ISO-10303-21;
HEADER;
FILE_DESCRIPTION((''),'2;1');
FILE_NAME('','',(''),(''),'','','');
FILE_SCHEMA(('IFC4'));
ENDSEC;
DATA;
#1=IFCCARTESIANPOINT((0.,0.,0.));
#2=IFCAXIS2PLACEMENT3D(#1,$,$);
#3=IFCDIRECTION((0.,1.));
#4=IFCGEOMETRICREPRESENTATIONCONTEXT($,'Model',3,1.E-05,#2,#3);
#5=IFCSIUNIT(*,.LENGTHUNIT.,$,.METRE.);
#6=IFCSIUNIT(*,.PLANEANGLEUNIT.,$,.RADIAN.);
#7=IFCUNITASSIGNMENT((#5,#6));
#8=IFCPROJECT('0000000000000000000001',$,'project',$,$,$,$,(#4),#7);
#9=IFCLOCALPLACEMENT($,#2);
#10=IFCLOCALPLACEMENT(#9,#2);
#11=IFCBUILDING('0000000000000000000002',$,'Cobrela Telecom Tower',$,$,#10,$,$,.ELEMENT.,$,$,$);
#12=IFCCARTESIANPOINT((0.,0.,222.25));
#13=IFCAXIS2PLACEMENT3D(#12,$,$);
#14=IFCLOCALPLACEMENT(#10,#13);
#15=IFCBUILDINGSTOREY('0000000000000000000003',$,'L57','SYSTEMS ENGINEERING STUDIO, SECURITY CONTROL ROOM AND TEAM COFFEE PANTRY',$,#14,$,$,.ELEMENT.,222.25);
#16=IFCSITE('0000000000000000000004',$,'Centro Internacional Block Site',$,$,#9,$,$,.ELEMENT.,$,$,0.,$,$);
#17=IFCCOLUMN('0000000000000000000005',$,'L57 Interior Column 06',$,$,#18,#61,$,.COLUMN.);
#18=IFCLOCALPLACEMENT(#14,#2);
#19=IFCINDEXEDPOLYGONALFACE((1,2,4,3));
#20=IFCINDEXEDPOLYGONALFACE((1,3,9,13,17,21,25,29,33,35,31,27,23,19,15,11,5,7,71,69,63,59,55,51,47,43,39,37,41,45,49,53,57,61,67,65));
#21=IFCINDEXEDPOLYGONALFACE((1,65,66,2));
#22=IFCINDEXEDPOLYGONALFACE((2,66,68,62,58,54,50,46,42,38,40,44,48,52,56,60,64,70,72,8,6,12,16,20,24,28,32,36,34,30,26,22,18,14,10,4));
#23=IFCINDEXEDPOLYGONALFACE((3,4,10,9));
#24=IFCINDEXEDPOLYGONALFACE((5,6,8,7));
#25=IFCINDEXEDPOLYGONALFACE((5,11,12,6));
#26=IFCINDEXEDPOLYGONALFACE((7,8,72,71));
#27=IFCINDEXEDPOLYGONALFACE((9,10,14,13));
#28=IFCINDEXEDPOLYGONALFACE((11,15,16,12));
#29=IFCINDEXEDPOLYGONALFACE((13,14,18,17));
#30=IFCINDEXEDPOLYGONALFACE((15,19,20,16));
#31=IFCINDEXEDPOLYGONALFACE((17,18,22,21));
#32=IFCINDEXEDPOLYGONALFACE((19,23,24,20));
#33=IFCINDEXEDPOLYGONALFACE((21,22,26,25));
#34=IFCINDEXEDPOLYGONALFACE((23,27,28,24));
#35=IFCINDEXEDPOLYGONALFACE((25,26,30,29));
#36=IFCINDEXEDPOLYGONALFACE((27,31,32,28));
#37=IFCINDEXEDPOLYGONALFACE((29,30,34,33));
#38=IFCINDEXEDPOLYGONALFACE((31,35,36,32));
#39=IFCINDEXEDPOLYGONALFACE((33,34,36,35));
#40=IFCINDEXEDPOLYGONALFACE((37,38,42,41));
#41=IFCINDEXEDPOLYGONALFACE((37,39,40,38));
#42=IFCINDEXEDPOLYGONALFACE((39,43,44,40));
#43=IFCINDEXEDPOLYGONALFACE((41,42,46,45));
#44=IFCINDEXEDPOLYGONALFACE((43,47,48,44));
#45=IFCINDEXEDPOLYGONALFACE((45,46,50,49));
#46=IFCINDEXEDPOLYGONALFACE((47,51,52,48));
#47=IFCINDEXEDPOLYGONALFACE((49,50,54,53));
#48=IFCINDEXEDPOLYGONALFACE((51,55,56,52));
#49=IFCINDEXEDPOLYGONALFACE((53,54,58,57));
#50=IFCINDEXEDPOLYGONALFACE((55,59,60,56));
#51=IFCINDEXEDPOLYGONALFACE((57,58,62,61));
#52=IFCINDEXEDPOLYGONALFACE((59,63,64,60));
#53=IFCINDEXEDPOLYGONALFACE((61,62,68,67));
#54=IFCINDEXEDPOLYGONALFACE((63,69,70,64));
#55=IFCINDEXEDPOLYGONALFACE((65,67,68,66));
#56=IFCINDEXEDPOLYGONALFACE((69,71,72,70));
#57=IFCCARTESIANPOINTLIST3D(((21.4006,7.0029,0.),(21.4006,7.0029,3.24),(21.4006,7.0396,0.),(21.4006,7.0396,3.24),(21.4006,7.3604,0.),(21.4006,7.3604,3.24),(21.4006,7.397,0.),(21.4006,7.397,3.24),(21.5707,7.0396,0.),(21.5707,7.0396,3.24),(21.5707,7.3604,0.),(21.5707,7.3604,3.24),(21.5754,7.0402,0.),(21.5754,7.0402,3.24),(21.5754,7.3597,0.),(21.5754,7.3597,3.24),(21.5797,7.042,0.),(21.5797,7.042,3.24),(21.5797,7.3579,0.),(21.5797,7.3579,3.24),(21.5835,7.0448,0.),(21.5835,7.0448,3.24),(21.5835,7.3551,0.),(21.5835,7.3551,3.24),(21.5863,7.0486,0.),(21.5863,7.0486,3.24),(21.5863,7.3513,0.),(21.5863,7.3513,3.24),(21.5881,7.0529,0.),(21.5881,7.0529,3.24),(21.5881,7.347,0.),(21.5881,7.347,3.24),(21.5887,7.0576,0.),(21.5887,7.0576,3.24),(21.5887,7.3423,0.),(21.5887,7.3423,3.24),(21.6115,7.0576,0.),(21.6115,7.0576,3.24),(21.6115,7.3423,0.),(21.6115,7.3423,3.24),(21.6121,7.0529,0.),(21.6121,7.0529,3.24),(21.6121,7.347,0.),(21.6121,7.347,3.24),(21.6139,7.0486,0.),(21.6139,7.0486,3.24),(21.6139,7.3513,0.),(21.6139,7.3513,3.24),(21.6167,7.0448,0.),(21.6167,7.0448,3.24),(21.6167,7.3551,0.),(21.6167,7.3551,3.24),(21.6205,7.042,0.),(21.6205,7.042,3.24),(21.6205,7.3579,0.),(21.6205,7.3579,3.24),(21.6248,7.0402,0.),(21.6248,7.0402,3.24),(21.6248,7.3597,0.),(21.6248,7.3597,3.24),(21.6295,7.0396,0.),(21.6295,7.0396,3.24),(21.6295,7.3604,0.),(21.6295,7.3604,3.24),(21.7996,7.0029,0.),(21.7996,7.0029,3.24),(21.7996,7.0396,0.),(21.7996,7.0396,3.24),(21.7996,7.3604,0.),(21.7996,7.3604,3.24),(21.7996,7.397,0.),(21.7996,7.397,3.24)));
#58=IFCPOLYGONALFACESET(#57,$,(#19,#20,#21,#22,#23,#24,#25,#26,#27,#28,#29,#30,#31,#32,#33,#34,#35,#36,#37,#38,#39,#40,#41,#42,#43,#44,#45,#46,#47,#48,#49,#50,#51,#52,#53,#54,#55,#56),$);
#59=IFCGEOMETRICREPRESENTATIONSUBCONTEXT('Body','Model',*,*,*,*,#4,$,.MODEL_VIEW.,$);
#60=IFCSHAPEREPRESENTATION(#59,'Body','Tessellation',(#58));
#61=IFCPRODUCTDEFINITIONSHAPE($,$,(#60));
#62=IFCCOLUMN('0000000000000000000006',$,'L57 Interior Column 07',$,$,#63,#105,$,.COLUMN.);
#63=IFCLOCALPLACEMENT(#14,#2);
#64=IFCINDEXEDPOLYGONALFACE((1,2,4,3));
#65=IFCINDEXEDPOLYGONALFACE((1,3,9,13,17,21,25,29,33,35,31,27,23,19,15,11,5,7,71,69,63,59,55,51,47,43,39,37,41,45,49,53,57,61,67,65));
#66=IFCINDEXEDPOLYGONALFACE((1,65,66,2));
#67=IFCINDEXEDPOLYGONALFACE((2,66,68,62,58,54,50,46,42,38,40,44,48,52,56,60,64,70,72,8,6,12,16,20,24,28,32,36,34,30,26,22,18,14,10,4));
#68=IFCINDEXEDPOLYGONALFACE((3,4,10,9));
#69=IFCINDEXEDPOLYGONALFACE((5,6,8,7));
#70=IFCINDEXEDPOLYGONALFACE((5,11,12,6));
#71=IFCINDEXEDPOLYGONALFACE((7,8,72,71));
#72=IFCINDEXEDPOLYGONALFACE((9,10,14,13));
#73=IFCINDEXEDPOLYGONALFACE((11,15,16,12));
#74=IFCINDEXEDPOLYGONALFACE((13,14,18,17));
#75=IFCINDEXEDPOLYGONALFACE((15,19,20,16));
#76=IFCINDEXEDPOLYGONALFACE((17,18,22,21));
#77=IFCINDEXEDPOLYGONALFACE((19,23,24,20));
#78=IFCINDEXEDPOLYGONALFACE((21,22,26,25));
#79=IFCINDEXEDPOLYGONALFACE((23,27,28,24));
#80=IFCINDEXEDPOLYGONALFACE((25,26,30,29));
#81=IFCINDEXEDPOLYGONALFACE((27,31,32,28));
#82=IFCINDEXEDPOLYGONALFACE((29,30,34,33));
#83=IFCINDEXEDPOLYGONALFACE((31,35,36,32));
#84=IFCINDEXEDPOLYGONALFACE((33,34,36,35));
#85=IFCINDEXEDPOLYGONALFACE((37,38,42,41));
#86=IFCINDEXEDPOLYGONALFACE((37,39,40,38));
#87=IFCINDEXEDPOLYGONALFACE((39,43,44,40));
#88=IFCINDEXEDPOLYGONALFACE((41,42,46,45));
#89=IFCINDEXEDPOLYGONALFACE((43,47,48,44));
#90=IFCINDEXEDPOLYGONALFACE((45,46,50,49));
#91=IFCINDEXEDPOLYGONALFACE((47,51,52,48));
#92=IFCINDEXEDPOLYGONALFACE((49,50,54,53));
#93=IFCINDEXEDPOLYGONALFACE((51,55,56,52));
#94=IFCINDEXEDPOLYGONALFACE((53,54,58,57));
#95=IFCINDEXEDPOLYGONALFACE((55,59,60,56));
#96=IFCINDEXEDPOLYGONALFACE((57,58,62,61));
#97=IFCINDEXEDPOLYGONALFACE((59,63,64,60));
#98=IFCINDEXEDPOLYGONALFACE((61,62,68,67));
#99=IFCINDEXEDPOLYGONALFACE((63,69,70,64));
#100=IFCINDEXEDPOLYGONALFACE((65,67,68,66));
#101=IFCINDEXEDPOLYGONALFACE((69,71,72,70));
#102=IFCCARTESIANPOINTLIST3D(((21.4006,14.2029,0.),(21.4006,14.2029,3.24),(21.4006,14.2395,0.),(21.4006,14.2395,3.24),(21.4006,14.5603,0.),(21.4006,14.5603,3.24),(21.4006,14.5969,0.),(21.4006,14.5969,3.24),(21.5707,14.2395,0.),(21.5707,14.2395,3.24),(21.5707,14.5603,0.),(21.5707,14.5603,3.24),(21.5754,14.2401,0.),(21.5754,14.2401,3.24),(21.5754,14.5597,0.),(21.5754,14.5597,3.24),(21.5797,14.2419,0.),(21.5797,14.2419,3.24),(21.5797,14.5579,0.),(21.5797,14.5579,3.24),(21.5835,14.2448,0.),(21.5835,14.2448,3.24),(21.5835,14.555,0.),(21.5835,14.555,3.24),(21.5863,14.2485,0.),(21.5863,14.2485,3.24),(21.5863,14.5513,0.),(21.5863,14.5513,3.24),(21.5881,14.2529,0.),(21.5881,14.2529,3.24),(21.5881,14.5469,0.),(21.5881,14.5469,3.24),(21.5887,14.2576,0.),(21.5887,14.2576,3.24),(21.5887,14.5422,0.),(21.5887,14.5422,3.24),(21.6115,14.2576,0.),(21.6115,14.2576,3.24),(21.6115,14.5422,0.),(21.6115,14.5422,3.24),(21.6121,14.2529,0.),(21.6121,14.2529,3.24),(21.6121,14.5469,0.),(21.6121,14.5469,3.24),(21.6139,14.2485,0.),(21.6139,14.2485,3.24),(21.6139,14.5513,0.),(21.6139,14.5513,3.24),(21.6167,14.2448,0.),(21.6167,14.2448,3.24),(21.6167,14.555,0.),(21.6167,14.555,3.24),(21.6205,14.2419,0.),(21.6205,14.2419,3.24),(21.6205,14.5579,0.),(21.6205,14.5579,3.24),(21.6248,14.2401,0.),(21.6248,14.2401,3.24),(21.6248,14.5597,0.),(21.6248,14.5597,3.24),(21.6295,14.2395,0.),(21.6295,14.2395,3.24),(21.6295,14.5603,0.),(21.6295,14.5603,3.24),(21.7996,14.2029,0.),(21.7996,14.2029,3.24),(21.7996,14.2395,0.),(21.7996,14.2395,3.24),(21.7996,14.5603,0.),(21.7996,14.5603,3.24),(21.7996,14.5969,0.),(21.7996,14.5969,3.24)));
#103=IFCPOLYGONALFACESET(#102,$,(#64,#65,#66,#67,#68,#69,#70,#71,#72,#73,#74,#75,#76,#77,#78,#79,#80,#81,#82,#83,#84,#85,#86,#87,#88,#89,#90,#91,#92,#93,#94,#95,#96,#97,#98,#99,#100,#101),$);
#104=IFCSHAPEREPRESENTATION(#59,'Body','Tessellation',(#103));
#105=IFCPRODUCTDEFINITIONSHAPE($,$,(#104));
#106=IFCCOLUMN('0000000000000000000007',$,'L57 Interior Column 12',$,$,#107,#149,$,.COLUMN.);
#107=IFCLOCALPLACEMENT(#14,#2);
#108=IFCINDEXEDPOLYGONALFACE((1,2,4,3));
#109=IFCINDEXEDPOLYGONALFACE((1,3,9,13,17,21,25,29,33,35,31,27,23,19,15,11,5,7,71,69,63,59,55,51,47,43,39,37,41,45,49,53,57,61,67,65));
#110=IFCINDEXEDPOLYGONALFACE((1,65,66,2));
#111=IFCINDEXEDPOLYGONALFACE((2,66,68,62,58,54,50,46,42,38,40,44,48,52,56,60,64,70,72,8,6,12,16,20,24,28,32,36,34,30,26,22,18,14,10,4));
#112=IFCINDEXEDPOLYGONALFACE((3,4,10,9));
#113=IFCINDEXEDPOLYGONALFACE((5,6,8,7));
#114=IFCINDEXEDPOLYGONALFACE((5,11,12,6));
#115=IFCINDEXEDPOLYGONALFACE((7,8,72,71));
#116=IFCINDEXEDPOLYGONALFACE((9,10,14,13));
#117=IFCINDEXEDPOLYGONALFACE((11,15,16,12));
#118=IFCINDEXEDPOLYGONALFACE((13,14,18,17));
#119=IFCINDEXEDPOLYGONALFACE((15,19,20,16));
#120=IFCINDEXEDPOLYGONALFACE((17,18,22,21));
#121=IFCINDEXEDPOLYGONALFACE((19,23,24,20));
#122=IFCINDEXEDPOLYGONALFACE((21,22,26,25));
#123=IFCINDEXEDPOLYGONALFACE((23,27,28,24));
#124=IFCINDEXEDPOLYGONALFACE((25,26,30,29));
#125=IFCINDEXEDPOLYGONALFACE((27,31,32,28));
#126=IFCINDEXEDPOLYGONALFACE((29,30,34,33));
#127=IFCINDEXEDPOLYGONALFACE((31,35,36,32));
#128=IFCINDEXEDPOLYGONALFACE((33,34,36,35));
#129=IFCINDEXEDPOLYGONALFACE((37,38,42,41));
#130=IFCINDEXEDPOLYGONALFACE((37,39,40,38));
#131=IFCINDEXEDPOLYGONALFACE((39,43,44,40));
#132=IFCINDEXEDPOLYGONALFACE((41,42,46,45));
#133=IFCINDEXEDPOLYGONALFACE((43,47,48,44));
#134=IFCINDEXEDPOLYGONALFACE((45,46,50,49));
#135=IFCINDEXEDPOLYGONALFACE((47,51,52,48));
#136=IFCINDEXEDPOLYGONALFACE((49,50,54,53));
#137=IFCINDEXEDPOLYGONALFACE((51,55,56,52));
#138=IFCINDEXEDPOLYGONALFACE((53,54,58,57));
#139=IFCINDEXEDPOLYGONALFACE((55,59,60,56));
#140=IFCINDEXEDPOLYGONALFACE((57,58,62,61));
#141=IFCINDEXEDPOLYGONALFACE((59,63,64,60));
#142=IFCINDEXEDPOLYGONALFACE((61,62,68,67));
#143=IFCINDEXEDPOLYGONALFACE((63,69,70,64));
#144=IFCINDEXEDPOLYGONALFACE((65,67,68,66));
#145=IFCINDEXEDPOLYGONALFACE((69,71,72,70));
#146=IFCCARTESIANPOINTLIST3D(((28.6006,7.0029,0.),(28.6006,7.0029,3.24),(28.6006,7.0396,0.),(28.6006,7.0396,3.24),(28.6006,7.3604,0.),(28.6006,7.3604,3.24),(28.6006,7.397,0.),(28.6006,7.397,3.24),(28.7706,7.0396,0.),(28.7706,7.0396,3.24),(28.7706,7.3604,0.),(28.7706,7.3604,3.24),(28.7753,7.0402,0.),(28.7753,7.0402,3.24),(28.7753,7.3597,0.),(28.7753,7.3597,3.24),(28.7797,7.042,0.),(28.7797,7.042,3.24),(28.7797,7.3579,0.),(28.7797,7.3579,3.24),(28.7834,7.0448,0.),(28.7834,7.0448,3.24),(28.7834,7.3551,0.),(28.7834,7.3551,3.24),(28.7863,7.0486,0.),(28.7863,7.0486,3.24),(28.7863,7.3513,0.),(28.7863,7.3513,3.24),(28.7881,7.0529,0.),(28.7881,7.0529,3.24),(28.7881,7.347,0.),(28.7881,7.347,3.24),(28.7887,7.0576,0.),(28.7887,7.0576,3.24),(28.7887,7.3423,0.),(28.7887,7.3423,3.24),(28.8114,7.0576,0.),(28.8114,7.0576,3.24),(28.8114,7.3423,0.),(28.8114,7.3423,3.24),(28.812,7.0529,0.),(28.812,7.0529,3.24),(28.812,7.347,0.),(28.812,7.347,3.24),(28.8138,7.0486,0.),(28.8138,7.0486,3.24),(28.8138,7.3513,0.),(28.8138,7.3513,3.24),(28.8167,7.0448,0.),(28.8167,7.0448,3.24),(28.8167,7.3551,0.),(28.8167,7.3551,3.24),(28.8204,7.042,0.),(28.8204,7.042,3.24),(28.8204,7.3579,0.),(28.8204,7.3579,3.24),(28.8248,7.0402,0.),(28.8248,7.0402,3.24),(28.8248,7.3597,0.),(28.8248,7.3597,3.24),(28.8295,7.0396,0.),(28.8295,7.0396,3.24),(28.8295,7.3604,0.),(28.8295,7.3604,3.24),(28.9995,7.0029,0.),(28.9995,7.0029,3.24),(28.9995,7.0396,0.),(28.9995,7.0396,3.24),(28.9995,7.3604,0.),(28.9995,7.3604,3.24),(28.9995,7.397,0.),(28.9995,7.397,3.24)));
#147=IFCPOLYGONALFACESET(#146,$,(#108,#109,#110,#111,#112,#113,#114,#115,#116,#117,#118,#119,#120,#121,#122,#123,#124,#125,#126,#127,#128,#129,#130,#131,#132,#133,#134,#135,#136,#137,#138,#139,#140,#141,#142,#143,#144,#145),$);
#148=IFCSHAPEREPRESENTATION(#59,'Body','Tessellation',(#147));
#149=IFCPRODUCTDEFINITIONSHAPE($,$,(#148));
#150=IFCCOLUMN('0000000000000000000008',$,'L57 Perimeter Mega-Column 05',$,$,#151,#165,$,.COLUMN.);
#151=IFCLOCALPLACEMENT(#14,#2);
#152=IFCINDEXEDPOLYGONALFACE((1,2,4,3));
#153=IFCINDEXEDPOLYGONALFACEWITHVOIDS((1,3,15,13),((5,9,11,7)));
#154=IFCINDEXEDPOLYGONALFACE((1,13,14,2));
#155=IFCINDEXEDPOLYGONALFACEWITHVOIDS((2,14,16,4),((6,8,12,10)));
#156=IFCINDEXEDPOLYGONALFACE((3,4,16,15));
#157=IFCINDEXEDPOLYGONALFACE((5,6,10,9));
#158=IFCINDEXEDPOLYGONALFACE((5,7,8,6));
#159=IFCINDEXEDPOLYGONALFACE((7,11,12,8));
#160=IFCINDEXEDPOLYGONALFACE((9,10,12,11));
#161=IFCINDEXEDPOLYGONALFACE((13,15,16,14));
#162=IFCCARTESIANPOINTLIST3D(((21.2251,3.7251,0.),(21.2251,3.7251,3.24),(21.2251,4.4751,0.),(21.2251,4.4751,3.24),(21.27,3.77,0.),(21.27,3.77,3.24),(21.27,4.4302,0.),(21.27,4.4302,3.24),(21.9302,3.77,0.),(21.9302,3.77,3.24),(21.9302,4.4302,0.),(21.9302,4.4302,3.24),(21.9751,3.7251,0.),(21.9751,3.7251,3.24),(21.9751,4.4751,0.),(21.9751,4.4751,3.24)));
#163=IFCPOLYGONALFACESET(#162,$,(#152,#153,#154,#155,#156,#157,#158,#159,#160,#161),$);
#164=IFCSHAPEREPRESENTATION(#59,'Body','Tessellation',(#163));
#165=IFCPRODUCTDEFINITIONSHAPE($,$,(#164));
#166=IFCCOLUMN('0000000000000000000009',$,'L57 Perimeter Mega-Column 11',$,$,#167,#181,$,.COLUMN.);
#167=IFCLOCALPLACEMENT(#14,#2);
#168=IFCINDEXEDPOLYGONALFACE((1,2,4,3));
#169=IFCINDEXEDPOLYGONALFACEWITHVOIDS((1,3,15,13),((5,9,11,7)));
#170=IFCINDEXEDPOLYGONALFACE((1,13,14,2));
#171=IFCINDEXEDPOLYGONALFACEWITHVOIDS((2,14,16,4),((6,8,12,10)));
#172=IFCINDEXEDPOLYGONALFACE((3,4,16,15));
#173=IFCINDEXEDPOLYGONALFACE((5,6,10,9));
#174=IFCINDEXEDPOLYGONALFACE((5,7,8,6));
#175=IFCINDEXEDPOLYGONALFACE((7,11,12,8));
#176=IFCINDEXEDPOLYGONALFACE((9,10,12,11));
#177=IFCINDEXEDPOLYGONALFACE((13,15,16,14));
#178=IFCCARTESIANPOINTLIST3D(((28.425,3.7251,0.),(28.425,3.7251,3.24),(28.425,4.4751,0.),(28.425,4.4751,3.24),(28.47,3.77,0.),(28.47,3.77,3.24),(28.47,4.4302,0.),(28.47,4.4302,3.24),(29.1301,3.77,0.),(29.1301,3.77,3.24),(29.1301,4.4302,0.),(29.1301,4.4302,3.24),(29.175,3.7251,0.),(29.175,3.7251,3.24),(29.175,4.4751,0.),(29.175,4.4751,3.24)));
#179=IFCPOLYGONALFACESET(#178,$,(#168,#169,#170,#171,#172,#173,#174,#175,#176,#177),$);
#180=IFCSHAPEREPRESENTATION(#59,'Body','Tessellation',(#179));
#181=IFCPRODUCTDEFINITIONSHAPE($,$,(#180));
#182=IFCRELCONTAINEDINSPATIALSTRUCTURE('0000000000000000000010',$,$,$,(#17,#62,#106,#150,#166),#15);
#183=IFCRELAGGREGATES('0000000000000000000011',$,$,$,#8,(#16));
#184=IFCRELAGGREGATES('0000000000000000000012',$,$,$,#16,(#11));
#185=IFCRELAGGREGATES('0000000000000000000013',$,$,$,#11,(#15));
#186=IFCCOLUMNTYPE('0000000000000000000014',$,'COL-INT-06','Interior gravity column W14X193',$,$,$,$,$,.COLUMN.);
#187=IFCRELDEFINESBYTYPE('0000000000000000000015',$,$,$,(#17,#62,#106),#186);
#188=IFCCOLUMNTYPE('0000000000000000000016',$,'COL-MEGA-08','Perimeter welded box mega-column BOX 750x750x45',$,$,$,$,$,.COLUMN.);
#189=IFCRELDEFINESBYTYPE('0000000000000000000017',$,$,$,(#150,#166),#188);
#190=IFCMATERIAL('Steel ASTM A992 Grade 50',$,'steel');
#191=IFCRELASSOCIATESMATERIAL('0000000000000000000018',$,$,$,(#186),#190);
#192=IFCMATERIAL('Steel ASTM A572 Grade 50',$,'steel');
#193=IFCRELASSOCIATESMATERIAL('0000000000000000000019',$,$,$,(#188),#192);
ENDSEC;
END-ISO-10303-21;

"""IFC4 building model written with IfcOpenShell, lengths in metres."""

from ifc_helpers import new_model, si_unit, direction, frame, origin, origin_2d, place, context, subcontext, project, spatial, hollow_rectangle, i_section, extrude, material, material_profile, profile_set, type_object, element, save


model = new_model("IFC4")

# Units and contexts
model_context = context("Model", 3, precision=1e-05, world=origin(), true_north=direction((0.0, 1.0)))
body_context = subcontext(model_context, "Body", "Model", "MODEL_VIEW")
ifc_project = project(units=[si_unit("LENGTHUNIT", "METRE"), si_unit("PLANEANGLEUNIT", "RADIAN")], contexts=[model_context])

# Site, building, storey
site_placement = place(None, origin())
site = spatial("IfcSite", under=ifc_project, at=site_placement, Name="Centro Internacional Block Site", CompositionType="ELEMENT", RefElevation=0.0)
building_placement = place(site_placement, origin())
building = spatial("IfcBuilding", under=site, at=building_placement, Name="Cobrela Telecom Tower", CompositionType="ELEMENT")
storey_placement = place(building_placement, frame((0.0, 0.0, 222.25)))
storey = spatial("IfcBuildingStorey", under=building, at=storey_placement, Name="L57", Description="SYSTEMS ENGINEERING STUDIO, SECURITY CONTROL ROOM AND TEAM COFFEE PANTRY", CompositionType="ELEMENT", Elevation=222.25)

# Columns
ifc_material_1 = material(Name="Steel ASTM A992 Grade 50", Category="steel")
ifc_material_profile_1 = material_profile(ifc_material_1, i_section(OverallWidth=0.3989, OverallDepth=0.394, WebThickness=0.0227, FlangeThickness=0.0366, FilletRadius=0.0181, at=origin_2d()), Name="W14X193")
ifc_profile_set_1 = profile_set([ifc_material_profile_1], Name="Steel ASTM A992 Grade 50")
column_type_1 = type_object("IfcColumnType", Name="COL-INT-06", Description="Interior gravity column W14X193", PredefinedType="COLUMN", material=ifc_profile_set_1)
for number, where, z_axis, x_axis, name in (
    (1, (21.6001, 7.2, 0.0), (0.0, 0.0, 1.0), (1.0, 0.0, 0.0), "L57 Interior Column 06"),
    (2, (21.6001, 14.3999, 0.0), (0.0, 0.0, 1.0), (1.0, 0.0, 0.0), "L57 Interior Column 07"),
    (3, (28.8, 7.2, 0.0), (0.0, 0.0, 1.0), (1.0, 0.0, 0.0), "L57 Interior Column 12"),
):
    element("IfcColumn", number, at=place(storey_placement, frame(where, z_axis=z_axis, x_axis=x_axis)), inside=storey, type_object=column_type_1, Name=name, PredefinedType="COLUMN", context=body_context, shape_type="SweptSolid", body=[
        extrude(i_section(OverallWidth=0.3989, OverallDepth=0.394, WebThickness=0.0227, FlangeThickness=0.0366, FilletRadius=0.0181, at=origin_2d()), origin(), (0.0, 0.0, 1.0), 3.24),
    ])
ifc_material_2 = material(Name="Steel ASTM A572 Grade 50", Category="steel")
ifc_material_profile_2 = material_profile(ifc_material_2, hollow_rectangle(XDim=0.75, YDim=0.75, WallThickness=0.0449, at=origin_2d()), Name="BOX 750x750x45")
ifc_profile_set_2 = profile_set([ifc_material_profile_2], Name="Steel ASTM A572 Grade 50")
column_type_2 = type_object("IfcColumnType", Name="COL-MEGA-08", Description="Perimeter welded box mega-column BOX 750x750x45", PredefinedType="COLUMN", material=ifc_profile_set_2)
for number, where, z_axis, x_axis, name in (
    (4, (21.6001, 4.1001, 0.0), (0.0, 0.0, 1.0), (1.0, 0.0, 0.0), "L57 Perimeter Mega-Column 05"),
    (5, (28.8, 4.1001, 0.0), (0.0, 0.0, 1.0), (1.0, 0.0, 0.0), "L57 Perimeter Mega-Column 11"),
):
    element("IfcColumn", number, at=place(storey_placement, frame(where, z_axis=z_axis, x_axis=x_axis)), inside=storey, type_object=column_type_2, Name=name, PredefinedType="COLUMN", context=body_context, shape_type="SweptSolid", body=[
        extrude(hollow_rectangle(XDim=0.75, YDim=0.75, WallThickness=0.0449, at=origin_2d()), origin(), (0.0, 0.0, 1.0), 3.24),
    ])

save(model, "model.ifc")
